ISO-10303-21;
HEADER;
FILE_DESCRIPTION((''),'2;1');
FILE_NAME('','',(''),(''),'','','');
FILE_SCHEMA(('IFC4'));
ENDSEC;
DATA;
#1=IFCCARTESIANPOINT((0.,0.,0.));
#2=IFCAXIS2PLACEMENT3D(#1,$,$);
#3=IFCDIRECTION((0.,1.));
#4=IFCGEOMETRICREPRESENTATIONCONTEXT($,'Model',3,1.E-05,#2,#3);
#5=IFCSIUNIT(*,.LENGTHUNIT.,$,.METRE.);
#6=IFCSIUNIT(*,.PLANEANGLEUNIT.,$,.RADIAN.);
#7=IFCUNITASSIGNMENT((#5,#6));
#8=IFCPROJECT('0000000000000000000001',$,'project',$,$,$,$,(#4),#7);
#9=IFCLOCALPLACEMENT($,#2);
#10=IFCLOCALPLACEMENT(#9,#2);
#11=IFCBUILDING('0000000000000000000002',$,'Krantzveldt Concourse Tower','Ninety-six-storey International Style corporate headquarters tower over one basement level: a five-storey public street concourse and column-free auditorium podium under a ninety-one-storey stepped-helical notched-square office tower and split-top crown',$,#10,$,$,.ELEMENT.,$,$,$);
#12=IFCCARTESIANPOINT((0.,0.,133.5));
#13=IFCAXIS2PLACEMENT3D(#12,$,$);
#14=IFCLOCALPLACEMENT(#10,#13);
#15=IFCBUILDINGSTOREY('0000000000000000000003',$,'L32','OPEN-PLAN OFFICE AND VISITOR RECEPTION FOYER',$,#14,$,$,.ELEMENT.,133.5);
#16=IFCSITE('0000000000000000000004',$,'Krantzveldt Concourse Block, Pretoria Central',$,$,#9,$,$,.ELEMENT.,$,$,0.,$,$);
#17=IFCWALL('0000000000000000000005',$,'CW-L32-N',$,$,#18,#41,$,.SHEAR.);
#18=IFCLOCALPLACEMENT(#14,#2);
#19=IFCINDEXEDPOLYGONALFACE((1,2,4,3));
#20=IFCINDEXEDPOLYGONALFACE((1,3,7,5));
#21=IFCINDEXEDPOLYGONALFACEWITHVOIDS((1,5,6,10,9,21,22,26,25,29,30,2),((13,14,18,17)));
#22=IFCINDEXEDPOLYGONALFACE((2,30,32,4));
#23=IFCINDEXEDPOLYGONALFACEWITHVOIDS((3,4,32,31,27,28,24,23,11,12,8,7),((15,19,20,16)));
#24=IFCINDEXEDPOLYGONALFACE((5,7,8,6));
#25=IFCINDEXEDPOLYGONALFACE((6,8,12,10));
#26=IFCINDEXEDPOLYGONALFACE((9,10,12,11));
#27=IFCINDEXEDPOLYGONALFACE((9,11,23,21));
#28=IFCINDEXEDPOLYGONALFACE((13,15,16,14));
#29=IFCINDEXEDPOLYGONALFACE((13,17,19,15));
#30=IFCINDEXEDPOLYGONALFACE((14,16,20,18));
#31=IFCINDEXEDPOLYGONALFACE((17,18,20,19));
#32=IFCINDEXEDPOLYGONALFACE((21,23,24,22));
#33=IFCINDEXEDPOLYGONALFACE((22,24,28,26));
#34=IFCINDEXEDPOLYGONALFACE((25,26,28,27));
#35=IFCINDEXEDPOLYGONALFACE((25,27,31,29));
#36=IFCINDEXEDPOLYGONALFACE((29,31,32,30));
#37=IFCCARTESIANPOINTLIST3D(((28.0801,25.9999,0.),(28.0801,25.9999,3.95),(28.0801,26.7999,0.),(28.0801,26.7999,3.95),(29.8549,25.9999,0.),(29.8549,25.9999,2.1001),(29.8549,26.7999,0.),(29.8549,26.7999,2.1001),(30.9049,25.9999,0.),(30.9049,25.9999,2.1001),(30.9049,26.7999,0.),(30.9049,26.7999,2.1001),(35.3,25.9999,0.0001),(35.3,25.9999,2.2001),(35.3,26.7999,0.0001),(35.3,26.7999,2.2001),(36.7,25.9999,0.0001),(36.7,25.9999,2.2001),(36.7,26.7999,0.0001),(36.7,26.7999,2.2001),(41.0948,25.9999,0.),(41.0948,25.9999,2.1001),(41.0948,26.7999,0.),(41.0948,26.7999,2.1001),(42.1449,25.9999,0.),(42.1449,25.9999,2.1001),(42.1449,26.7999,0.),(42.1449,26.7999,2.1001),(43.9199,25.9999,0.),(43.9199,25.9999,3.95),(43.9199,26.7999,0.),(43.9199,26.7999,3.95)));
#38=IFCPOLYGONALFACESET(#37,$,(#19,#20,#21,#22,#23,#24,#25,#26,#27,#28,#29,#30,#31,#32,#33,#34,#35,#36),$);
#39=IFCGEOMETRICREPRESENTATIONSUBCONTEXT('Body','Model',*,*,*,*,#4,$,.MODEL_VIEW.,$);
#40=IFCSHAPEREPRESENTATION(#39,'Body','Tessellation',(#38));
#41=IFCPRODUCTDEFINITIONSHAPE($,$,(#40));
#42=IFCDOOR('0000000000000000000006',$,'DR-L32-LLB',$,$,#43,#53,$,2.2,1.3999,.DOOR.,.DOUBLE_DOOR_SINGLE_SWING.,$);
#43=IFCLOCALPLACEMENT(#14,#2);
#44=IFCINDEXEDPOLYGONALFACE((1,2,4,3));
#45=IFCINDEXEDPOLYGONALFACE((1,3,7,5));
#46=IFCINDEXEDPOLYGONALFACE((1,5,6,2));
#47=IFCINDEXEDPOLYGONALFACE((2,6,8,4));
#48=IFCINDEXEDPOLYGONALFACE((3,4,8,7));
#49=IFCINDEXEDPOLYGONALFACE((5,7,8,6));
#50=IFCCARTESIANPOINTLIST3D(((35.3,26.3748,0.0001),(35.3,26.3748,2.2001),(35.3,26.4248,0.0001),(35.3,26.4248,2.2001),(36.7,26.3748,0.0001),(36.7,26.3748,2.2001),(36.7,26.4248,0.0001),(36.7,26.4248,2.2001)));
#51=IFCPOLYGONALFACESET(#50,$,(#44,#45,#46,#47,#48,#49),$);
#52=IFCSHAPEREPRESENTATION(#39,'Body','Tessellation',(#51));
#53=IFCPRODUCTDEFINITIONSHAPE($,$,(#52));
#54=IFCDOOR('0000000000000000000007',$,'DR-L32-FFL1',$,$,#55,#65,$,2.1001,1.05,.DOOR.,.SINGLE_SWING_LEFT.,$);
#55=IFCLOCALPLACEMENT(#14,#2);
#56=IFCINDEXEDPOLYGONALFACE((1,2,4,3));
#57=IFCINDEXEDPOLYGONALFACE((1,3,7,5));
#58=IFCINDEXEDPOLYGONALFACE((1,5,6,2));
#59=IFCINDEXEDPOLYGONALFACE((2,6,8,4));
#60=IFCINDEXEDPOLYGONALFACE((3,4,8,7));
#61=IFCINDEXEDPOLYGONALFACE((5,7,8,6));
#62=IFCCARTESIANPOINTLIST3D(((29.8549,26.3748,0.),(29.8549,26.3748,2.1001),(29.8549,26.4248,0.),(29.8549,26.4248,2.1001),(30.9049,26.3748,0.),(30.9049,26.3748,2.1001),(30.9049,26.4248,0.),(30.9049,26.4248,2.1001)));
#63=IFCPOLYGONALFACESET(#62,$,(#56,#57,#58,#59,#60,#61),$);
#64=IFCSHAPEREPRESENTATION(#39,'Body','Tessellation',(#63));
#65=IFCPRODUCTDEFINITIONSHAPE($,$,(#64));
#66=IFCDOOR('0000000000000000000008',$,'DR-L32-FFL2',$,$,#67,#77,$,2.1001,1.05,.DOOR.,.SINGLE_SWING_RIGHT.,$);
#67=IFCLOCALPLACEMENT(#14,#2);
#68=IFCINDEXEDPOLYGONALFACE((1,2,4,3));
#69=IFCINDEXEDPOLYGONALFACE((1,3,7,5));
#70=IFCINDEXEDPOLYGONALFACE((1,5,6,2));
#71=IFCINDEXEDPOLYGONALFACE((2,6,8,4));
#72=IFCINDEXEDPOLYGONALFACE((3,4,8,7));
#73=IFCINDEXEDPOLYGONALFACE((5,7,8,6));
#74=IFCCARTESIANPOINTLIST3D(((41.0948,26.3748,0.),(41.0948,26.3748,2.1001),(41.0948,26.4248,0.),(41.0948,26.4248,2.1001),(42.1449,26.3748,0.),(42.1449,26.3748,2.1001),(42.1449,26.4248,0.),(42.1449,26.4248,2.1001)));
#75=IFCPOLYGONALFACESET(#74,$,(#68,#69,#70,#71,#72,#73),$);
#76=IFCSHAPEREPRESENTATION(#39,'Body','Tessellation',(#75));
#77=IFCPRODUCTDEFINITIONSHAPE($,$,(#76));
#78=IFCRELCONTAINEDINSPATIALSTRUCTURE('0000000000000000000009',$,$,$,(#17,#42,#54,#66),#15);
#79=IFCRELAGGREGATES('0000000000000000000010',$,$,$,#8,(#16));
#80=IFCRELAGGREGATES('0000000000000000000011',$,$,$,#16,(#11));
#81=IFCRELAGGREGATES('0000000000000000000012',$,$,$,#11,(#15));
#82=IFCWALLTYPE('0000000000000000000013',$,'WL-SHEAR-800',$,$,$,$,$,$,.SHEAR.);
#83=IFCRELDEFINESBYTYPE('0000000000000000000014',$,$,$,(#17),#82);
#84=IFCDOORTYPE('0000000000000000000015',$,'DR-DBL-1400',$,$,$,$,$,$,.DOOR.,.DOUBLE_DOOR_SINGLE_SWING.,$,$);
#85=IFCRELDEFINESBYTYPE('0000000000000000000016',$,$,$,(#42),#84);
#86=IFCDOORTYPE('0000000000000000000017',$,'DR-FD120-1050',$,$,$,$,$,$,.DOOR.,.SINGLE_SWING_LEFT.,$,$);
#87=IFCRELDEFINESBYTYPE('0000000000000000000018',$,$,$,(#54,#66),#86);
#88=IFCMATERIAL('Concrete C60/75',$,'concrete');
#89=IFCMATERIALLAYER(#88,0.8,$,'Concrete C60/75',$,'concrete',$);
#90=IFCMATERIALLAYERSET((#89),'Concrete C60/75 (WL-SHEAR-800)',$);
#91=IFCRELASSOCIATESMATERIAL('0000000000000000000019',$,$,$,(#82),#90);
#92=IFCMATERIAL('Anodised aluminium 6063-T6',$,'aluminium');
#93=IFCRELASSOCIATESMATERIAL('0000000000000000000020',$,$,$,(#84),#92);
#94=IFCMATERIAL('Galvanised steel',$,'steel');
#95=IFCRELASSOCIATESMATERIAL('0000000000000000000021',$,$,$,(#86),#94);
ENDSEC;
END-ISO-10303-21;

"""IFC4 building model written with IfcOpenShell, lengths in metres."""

from ifc_helpers import new_model, si_unit, direction, frame, frame_2d, origin, place, context, subcontext, project, spatial, rectangle, extrude, material, layer, layer_set, type_object, element, fill, save


model = new_model("IFC4")

# Units and contexts
model_context = context("Model", 3, precision=1e-05, world=origin(), true_north=direction((0.0, 1.0)))
body_context = subcontext(model_context, "Body", "Model", "MODEL_VIEW")
ifc_project = project(units=[si_unit("LENGTHUNIT", "METRE"), si_unit("PLANEANGLEUNIT", "RADIAN")], contexts=[model_context])

# Site, building, storey
site_placement = place(None, origin())
site = spatial("IfcSite", under=ifc_project, at=site_placement, Name="Krantzveldt Concourse Block, Pretoria Central", CompositionType="ELEMENT", RefElevation=0.0)
building_placement = place(site_placement, origin())
building = spatial("IfcBuilding", under=site, at=building_placement, Name="Krantzveldt Concourse Tower", Description="Ninety-six-storey International Style corporate headquarters tower over one basement level: a five-storey public street concourse and column-free auditorium podium under a ninety-one-storey stepped-helical notched-square office tower and split-top crown", CompositionType="ELEMENT")
storey_placement = place(building_placement, frame((0.0, 0.0, 133.5)))
storey = spatial("IfcBuildingStorey", under=building, at=storey_placement, Name="L32", Description="OPEN-PLAN OFFICE AND VISITOR RECEPTION FOYER", CompositionType="ELEMENT", Elevation=133.5)

# Wall, openings, doors
ifc_material_1 = material(Name="Concrete C60/75", Category="concrete")
ifc_layer_1 = layer(ifc_material_1, 0.8, Name="Concrete C60/75", Category="concrete")
ifc_layer_set_1 = layer_set([ifc_layer_1], Name="Concrete C60/75 (WL-SHEAR-800)")
wall_type_1 = type_object("IfcWallType", Name="WL-SHEAR-800", PredefinedType="SHEAR", material=ifc_layer_set_1)
wall_1_placement = place(storey_placement, frame((28.0801, 26.3999, 0.0), z_axis=(0.0, 0.0, 1.0), x_axis=(1.0, 0.0, 0.0)))
wall_1 = element("IfcWall", 1, at=wall_1_placement, inside=storey, type_object=wall_type_1, Name="CW-L32-N", PredefinedType="SHEAR", context=body_context, shape_type="SweptSolid", body=[
    extrude(rectangle(XDim=15.8398, YDim=0.8, at=frame_2d((7.9199, 0.0))), origin(), (0.0, 0.0, 1.0), 3.95),
])
opening_1_placement = place(wall_1_placement, frame((7.22, 0.0, 0.0)))
opening_1 = element("IfcOpeningElement", 2, at=opening_1_placement, cuts=wall_1, PredefinedType="OPENING", context=body_context, shape_type="SweptSolid", body=[
    extrude(rectangle(XDim=1.3999, YDim=2.2, at=frame_2d((0.7, 1.1001))), frame((0.0, 0.4102, 0.0), z_axis=(0.0, -1.0, 0.0), x_axis=(1.0, 0.0, 0.0)), (0.0, 0.0, 1.0), 0.8201),
])
opening_2_placement = place(wall_1_placement, frame((1.7749, 0.0, 0.0)))
opening_2 = element("IfcOpeningElement", 3, at=opening_2_placement, cuts=wall_1, PredefinedType="OPENING", context=body_context, shape_type="SweptSolid", body=[
    extrude(rectangle(XDim=1.05, YDim=2.1001, at=frame_2d((0.5249, 1.05))), frame((0.0, 0.4102, 0.0), z_axis=(0.0, -1.0, 0.0), x_axis=(1.0, 0.0, 0.0)), (0.0, 0.0, 1.0), 0.8201),
])
opening_3_placement = place(wall_1_placement, frame((13.0149, 0.0, 0.0)))
opening_3 = element("IfcOpeningElement", 4, at=opening_3_placement, cuts=wall_1, PredefinedType="OPENING", context=body_context, shape_type="SweptSolid", body=[
    extrude(rectangle(XDim=1.05, YDim=2.1001, at=frame_2d((0.5249, 1.05))), frame((0.0, 0.4102, 0.0), z_axis=(0.0, -1.0, 0.0), x_axis=(1.0, 0.0, 0.0)), (0.0, 0.0, 1.0), 0.8201),
])
ifc_material_2 = material(Name="Anodised aluminium 6063-T6", Category="aluminium")
door_type_1 = type_object("IfcDoorType", Name="DR-DBL-1400", OperationType="DOUBLE_DOOR_SINGLE_SWING", PredefinedType="DOOR", material=ifc_material_2)
door_1_placement = place(opening_1_placement, origin())
door_1 = element("IfcDoor", 5, at=door_1_placement, inside=storey, type_object=door_type_1, Name="DR-L32-LLB", OperationType="DOUBLE_DOOR_SINGLE_SWING", OverallHeight=2.2, OverallWidth=1.3999, PredefinedType="DOOR", context=body_context, shape_type="SweptSolid", body=[
    extrude(rectangle(XDim=1.3999, YDim=2.2, at=frame_2d((0.7, 1.1001))), frame((0.0, 0.0249, 0.0), z_axis=(0.0, -1.0, 0.0), x_axis=(1.0, 0.0, 0.0)), (0.0, 0.0, 1.0), 0.05),
])
fill(opening_1, door_1)
ifc_material_3 = material(Name="Galvanised steel", Category="steel")
door_type_2 = type_object("IfcDoorType", Name="DR-FD120-1050", OperationType="SINGLE_SWING_LEFT", PredefinedType="DOOR", material=ifc_material_3)
door_2_placement = place(opening_2_placement, origin())
door_2 = element("IfcDoor", 6, at=door_2_placement, inside=storey, type_object=door_type_2, Name="DR-L32-FFL1", OperationType="SINGLE_SWING_LEFT", OverallHeight=2.1001, OverallWidth=1.05, PredefinedType="DOOR", context=body_context, shape_type="SweptSolid", body=[
    extrude(rectangle(XDim=1.05, YDim=2.1001, at=frame_2d((0.5249, 1.05))), frame((0.0, 0.0249, 0.0), z_axis=(0.0, -1.0, 0.0), x_axis=(1.0, 0.0, 0.0)), (0.0, 0.0, 1.0), 0.05),
])
fill(opening_2, door_2)
door_3_placement = place(opening_3_placement, origin())
door_3 = element("IfcDoor", 7, at=door_3_placement, inside=storey, type_object=door_type_2, Name="DR-L32-FFL2", OperationType="SINGLE_SWING_RIGHT", OverallHeight=2.1001, OverallWidth=1.05, PredefinedType="DOOR", context=body_context, shape_type="SweptSolid", body=[
    extrude(rectangle(XDim=1.05, YDim=2.1001, at=frame_2d((0.5249, 1.05))), frame((0.0, 0.0249, 0.0), z_axis=(0.0, -1.0, 0.0), x_axis=(1.0, 0.0, 0.0)), (0.0, 0.0, 1.0), 0.05),
])
fill(opening_3, door_3)

save(model, "model.ifc")
